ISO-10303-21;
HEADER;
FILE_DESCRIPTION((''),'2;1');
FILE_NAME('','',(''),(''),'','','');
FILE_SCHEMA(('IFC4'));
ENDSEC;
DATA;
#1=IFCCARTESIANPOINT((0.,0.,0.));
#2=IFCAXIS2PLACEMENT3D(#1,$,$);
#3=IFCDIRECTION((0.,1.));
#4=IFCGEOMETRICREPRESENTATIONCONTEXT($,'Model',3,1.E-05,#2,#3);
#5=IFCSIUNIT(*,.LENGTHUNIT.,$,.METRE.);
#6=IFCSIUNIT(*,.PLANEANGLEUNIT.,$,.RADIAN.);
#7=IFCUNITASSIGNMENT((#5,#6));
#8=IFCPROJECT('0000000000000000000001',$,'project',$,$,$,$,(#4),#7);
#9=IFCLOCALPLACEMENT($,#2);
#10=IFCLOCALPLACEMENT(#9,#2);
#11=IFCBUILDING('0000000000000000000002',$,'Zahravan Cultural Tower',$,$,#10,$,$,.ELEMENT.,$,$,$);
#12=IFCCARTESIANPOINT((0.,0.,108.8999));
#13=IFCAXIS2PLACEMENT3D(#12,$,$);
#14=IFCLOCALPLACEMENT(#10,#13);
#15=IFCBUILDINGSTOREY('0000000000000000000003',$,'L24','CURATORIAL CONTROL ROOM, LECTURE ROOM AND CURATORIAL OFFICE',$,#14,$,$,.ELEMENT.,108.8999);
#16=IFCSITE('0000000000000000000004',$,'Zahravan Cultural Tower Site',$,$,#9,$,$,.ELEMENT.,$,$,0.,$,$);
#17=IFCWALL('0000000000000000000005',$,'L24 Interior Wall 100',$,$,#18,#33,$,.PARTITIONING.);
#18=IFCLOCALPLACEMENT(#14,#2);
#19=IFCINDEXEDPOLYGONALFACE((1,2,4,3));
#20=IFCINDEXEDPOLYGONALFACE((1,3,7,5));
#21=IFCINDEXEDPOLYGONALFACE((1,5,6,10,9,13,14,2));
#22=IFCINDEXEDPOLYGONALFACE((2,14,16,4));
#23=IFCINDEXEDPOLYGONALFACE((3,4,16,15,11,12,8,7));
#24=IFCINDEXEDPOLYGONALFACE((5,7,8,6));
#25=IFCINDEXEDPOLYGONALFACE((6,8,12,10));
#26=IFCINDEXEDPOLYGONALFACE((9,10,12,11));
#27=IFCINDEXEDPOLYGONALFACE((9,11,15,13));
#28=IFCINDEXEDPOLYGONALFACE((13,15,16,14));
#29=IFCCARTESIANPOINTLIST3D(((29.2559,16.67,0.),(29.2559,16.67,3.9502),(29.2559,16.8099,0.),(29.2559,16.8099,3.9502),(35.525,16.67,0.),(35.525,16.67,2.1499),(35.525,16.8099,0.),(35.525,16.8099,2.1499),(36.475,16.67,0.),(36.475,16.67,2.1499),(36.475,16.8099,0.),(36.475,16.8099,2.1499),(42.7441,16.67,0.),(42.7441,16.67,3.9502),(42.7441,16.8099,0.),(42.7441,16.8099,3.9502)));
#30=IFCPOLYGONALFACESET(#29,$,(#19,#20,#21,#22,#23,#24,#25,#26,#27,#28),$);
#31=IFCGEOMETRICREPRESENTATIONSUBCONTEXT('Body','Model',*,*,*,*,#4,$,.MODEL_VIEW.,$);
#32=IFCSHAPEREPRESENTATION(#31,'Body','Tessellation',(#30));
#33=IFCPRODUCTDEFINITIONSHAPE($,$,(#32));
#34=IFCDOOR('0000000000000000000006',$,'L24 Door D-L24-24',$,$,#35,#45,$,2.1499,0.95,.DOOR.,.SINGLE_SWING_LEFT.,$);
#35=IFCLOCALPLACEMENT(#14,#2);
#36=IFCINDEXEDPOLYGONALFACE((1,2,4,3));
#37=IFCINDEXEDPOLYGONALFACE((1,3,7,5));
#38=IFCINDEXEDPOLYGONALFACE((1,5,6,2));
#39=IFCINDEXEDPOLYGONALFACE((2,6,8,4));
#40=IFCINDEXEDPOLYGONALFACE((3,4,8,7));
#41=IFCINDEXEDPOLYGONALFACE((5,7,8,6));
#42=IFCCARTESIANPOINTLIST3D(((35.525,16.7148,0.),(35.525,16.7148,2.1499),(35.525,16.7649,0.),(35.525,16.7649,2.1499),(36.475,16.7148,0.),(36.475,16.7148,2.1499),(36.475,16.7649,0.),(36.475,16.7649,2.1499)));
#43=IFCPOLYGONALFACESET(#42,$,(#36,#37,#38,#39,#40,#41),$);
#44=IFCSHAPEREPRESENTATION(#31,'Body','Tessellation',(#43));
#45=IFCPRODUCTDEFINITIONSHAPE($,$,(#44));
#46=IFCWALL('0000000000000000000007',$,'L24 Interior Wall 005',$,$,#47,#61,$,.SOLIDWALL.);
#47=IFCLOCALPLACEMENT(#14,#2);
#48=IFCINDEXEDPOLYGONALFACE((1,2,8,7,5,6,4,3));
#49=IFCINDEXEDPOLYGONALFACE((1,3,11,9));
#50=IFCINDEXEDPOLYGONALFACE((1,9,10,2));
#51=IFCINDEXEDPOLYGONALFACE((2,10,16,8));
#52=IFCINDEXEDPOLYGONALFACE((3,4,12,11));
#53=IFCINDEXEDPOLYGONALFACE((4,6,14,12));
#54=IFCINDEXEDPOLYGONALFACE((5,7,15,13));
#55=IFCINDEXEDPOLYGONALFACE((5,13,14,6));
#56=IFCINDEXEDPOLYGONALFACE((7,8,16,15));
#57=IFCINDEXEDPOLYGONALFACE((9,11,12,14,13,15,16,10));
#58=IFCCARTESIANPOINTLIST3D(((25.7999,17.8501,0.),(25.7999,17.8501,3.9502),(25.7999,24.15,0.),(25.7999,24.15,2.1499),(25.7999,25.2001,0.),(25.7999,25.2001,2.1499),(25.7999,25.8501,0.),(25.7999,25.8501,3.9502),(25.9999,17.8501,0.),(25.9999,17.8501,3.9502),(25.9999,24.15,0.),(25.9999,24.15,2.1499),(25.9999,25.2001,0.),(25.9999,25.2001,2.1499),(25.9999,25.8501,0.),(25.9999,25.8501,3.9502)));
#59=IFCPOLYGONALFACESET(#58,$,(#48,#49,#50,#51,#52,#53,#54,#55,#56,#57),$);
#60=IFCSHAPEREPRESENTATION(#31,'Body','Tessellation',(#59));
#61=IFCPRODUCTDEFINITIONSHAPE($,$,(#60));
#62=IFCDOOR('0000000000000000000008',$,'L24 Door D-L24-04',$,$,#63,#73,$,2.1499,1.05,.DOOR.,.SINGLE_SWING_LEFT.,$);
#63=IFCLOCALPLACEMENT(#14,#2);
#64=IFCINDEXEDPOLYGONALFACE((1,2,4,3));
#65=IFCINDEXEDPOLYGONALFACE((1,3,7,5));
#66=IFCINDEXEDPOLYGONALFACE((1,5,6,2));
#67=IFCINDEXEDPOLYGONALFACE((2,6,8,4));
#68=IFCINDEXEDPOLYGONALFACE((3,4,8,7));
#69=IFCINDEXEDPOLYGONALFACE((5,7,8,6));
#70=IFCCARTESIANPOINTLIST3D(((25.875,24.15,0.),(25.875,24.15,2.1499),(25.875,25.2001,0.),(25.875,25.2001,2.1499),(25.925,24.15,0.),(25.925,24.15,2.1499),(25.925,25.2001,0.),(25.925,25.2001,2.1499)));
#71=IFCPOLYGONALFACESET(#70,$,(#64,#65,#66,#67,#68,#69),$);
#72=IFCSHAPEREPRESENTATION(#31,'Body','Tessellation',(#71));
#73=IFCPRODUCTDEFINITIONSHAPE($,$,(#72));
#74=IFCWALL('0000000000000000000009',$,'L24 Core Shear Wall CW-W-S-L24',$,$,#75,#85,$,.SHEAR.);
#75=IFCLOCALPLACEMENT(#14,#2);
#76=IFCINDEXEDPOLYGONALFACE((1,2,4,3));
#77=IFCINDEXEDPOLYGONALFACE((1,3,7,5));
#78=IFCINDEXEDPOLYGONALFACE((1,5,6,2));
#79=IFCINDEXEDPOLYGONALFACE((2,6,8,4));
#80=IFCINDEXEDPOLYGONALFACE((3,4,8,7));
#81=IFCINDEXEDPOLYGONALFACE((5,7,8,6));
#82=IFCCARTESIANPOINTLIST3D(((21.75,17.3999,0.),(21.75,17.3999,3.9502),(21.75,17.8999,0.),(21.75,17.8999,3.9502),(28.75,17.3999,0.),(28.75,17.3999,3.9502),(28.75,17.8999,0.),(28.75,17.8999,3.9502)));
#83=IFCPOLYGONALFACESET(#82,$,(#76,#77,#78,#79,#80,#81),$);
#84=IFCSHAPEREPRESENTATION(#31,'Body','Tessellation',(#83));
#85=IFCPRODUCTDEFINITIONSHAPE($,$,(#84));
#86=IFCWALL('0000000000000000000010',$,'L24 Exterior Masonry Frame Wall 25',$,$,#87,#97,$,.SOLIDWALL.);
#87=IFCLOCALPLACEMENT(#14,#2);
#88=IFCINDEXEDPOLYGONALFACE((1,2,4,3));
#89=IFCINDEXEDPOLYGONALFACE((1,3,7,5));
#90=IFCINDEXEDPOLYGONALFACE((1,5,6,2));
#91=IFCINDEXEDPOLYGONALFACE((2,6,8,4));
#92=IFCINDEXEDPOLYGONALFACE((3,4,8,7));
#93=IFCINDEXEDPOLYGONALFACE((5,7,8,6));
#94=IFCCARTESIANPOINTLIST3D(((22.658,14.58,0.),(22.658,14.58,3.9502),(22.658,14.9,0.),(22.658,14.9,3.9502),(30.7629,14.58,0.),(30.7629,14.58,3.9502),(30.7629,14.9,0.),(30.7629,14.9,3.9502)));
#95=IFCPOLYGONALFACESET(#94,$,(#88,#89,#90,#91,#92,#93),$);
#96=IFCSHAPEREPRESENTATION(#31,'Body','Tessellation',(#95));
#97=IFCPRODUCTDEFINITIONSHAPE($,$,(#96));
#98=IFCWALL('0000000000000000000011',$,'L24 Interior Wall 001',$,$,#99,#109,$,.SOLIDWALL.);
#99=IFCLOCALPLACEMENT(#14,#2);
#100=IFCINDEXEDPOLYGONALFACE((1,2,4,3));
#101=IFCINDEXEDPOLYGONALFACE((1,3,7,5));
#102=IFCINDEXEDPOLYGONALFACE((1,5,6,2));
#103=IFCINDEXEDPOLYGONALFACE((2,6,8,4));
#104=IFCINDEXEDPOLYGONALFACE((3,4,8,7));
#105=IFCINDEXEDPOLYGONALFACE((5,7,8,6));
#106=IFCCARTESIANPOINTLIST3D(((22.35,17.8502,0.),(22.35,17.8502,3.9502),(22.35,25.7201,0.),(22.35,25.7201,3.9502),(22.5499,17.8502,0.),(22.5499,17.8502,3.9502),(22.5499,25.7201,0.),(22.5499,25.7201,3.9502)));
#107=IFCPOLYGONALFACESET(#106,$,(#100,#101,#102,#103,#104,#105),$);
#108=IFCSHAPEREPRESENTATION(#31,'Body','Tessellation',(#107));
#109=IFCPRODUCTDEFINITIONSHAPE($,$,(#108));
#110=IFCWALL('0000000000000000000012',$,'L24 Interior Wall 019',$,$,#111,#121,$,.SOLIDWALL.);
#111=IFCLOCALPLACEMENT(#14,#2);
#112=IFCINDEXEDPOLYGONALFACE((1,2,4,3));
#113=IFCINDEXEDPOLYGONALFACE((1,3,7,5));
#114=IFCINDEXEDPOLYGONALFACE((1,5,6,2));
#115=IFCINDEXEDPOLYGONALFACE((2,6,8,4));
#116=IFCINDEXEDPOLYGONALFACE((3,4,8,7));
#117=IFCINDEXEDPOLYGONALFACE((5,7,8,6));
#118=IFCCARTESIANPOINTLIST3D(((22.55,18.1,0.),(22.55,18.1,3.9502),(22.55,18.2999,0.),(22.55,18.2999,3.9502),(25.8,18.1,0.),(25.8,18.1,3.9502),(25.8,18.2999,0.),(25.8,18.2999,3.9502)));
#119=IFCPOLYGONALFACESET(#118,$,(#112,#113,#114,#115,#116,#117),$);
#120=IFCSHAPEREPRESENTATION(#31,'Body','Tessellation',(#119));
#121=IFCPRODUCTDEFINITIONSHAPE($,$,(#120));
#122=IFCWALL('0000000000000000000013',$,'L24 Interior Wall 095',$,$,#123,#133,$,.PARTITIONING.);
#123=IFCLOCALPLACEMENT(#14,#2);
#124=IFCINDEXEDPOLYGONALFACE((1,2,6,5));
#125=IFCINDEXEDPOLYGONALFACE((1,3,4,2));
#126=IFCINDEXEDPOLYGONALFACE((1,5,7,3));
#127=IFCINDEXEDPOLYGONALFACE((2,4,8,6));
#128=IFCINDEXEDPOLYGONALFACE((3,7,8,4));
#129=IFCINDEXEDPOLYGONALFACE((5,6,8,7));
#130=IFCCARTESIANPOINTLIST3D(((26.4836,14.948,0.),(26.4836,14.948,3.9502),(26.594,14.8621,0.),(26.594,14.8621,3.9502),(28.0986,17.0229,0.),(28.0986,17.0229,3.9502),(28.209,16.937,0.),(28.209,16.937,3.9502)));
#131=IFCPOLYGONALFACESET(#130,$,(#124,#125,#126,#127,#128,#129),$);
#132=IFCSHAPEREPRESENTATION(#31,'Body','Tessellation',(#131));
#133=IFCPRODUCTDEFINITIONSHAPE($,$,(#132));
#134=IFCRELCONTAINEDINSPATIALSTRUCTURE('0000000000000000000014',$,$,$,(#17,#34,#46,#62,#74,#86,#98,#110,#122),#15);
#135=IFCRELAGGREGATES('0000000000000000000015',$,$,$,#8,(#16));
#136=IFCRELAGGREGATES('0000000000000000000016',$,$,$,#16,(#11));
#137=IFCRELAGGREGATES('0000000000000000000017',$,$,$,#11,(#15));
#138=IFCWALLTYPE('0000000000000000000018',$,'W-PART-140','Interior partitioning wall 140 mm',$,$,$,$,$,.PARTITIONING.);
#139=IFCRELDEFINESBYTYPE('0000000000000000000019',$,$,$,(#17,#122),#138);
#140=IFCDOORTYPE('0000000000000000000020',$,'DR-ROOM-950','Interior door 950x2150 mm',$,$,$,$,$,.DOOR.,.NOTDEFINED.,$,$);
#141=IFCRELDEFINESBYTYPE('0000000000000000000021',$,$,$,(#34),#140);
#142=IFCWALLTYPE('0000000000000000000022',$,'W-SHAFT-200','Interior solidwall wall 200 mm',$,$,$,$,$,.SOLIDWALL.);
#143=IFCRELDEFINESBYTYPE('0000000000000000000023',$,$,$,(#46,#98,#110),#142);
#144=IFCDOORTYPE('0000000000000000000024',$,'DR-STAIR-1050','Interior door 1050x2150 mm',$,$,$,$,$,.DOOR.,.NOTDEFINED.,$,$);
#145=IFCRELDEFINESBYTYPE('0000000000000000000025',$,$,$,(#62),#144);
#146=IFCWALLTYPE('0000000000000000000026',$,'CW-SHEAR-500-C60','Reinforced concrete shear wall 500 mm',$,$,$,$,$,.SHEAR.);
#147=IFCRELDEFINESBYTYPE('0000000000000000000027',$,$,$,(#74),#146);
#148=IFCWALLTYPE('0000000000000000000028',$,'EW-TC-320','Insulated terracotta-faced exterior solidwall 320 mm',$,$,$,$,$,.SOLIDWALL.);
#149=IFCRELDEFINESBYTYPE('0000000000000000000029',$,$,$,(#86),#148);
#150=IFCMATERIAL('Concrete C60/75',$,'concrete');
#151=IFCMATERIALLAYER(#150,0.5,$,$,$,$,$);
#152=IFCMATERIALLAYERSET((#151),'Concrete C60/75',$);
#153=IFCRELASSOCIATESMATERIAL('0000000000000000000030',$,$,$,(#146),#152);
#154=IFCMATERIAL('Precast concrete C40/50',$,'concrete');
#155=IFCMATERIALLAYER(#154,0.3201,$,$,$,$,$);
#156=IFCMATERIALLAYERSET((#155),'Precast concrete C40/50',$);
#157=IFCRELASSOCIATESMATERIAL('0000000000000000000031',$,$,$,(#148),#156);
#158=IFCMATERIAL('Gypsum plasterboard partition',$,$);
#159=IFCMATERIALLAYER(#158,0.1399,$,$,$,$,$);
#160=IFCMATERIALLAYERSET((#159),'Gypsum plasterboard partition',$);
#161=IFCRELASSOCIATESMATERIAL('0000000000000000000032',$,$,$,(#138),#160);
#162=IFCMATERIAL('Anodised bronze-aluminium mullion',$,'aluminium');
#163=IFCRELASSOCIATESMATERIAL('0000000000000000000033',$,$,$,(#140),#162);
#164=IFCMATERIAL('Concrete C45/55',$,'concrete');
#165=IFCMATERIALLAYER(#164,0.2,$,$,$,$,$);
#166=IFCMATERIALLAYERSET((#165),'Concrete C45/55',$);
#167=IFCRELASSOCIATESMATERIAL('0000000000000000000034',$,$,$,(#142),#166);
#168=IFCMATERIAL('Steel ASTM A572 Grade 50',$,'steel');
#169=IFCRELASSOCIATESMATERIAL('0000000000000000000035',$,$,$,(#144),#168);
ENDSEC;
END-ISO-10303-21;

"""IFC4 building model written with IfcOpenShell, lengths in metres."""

from ifc_helpers import new_model, si_unit, direction, frame, frame_2d, origin, place, context, subcontext, project, spatial, rectangle, extrude, source, transform, mapped, material, layer, layer_set, type_object, element, fill, save


model = new_model("IFC4")

# Units and contexts
model_context = context("Model", 3, precision=1e-05, world=origin(), true_north=direction((0.0, 1.0)))
body_context = subcontext(model_context, "Body", "Model", "MODEL_VIEW")
ifc_project = project(units=[si_unit("LENGTHUNIT", "METRE"), si_unit("PLANEANGLEUNIT", "RADIAN")], contexts=[model_context])

# Site, building, storey
site_placement = place(None, origin())
site = spatial("IfcSite", under=ifc_project, at=site_placement, Name="Zahravan Cultural Tower Site", CompositionType="ELEMENT", RefElevation=0.0)
building_placement = place(site_placement, origin())
building = spatial("IfcBuilding", under=site, at=building_placement, Name="Zahravan Cultural Tower", CompositionType="ELEMENT")
storey_placement = place(building_placement, frame((0.0, 0.0, 108.8999)))
storey = spatial("IfcBuildingStorey", under=building, at=storey_placement, Name="L24", Description="CURATORIAL CONTROL ROOM, LECTURE ROOM AND CURATORIAL OFFICE", CompositionType="ELEMENT", Elevation=108.8999)

# Shared definitions
ifc_material_1 = material(Name="Concrete C60/75", Category="concrete")

# Shared definitions
ifc_material_2 = material(Name="Anodised bronze-aluminium mullion", Category="aluminium")

# Shared definitions
ifc_layer_1 = layer(ifc_material_1, 0.5)
ifc_layer_set_1 = layer_set([ifc_layer_1], Name="Concrete C60/75")
wall_type_1 = type_object("IfcWallType", Name="CW-SHEAR-500-C60", Description="Reinforced concrete shear wall 500 mm", PredefinedType="SHEAR", material=ifc_layer_set_1)
ifc_material_3 = material(Name="Steel ASTM A572 Grade 50", Category="steel")

# Shared definitions
ifc_material_4 = material(Name="Precast concrete C40/50", Category="concrete")
ifc_layer_2 = layer(ifc_material_4, 0.3201)
ifc_layer_set_2 = layer_set([ifc_layer_2], Name="Precast concrete C40/50")
wall_type_2 = type_object("IfcWallType", Name="EW-TC-320", Description="Insulated terracotta-faced exterior solidwall 320 mm", PredefinedType="SOLIDWALL", material=ifc_layer_set_2)

# Walls, openings, doors
ifc_material_5 = material(Name="Gypsum plasterboard partition")
ifc_layer_3 = layer(ifc_material_5, 0.1399)
ifc_layer_set_3 = layer_set([ifc_layer_3], Name="Gypsum plasterboard partition")
wall_type_3 = type_object("IfcWallType", Name="W-PART-140", Description="Interior partitioning wall 140 mm", PredefinedType="PARTITIONING", material=ifc_layer_set_3)
wall_1_placement = place(storey_placement, frame((29.2559, 16.74, 0.0), z_axis=(0.0, 0.0, 1.0), x_axis=(1.0, 0.0, 0.0)))
wall_1 = element("IfcWall", 1, at=wall_1_placement, inside=storey, type_object=wall_type_3, Name="L24 Interior Wall 100", PredefinedType="PARTITIONING", context=body_context, shape_type="SweptSolid", body=[
    extrude(rectangle(XDim=13.4883, YDim=0.1399, at=frame_2d((6.7441, 0.0))), origin(), (0.0, 0.0, 1.0), 3.9502),
])
opening_1_placement = place(wall_1_placement, frame((6.269, 0.0, 0.0)))
opening_1 = element("IfcOpeningElement", 2, at=opening_1_placement, cuts=wall_1, PredefinedType="OPENING", context=body_context, shape_type="SweptSolid", body=[
    extrude(rectangle(XDim=0.95, YDim=2.1499, at=frame_2d((0.4751, 1.075))), frame((0.0, 0.0798, 0.0), z_axis=(0.0, -1.0, 0.0), x_axis=(1.0, 0.0, 0.0)), (0.0, 0.0, 1.0), 0.1599),
])
door_type_1 = type_object("IfcDoorType", Name="DR-ROOM-950", Description="Interior door 950x2150 mm", OperationType="NOTDEFINED", PredefinedType="DOOR", material=ifc_material_2)
shared_shape_1 = source(origin(), body_context, "Body", "SweptSolid", [
    extrude(rectangle(XDim=0.95, YDim=2.1499, at=frame_2d((0.4751, 1.075))), frame((0.0, 0.0249, 0.0), z_axis=(0.0, -1.0, 0.0), x_axis=(1.0, 0.0, 0.0)), (0.0, 0.0, 1.0), 0.05),
])
door_1_placement = place(opening_1_placement, origin())
door_1 = element("IfcDoor", 3, at=door_1_placement, inside=storey, type_object=door_type_1, Name="L24 Door D-L24-24", OperationType="SINGLE_SWING_LEFT", OverallHeight=2.1499, OverallWidth=0.95, PredefinedType="DOOR", context=body_context, shape_type="MappedRepresentation", body=[
    mapped(shared_shape_1, transform((0.0, 0.0, 0.0), x_axis=(1.0, 0.0, 0.0), y_axis=(0.0, 1.0, 0.0), z_axis=(0.0, 0.0, 1.0), scale=1.0)),
])
fill(opening_1, door_1)
ifc_material_6 = material(Name="Concrete C45/55", Category="concrete")
ifc_layer_4 = layer(ifc_material_6, 0.2)
ifc_layer_set_4 = layer_set([ifc_layer_4], Name="Concrete C45/55")
wall_type_4 = type_object("IfcWallType", Name="W-SHAFT-200", Description="Interior solidwall wall 200 mm", PredefinedType="SOLIDWALL", material=ifc_layer_set_4)
wall_2_placement = place(storey_placement, frame((25.8999, 17.8501, 0.0), z_axis=(0.0, 0.0, 1.0), x_axis=(0.0, 1.0, 0.0)))
wall_2 = element("IfcWall", 4, at=wall_2_placement, inside=storey, type_object=wall_type_4, Name="L24 Interior Wall 005", PredefinedType="SOLIDWALL", context=body_context, shape_type="SweptSolid", body=[
    extrude(rectangle(XDim=8.0, YDim=0.2, at=frame_2d((4.0, 0.0))), origin(), (0.0, 0.0, 1.0), 3.9502),
])
opening_2_placement = place(wall_2_placement, frame((6.3, 0.0, 0.0)))
opening_2 = element("IfcOpeningElement", 5, at=opening_2_placement, cuts=wall_2, PredefinedType="OPENING", context=body_context, shape_type="SweptSolid", body=[
    extrude(rectangle(XDim=1.05, YDim=2.1499, at=frame_2d((0.5249, 1.075))), frame((0.0, 0.1099, 0.0), z_axis=(0.0, -1.0, 0.0), x_axis=(1.0, 0.0, 0.0)), (0.0, 0.0, 1.0), 0.22),
])
door_type_2 = type_object("IfcDoorType", Name="DR-STAIR-1050", Description="Interior door 1050x2150 mm", OperationType="NOTDEFINED", PredefinedType="DOOR", material=ifc_material_3)
shared_shape_2 = source(origin(), body_context, "Body", "SweptSolid", [
    extrude(rectangle(XDim=1.05, YDim=2.1499, at=frame_2d((0.5249, 1.075))), frame((0.0, 0.0249, 0.0), z_axis=(0.0, -1.0, 0.0), x_axis=(1.0, 0.0, 0.0)), (0.0, 0.0, 1.0), 0.05),
])
door_2_placement = place(opening_2_placement, origin())
door_2 = element("IfcDoor", 6, at=door_2_placement, inside=storey, type_object=door_type_2, Name="L24 Door D-L24-04", OperationType="SINGLE_SWING_LEFT", OverallHeight=2.1499, OverallWidth=1.05, PredefinedType="DOOR", context=body_context, shape_type="MappedRepresentation", body=[
    mapped(shared_shape_2, transform((0.0, 0.0, 0.0), x_axis=(1.0, 0.0, 0.0), y_axis=(0.0, 1.0, 0.0), z_axis=(0.0, 0.0, 1.0), scale=1.0)),
])
fill(opening_2, door_2)

# Walls
shared_shape_3 = source(origin(), body_context, "Body", "SweptSolid", [
    extrude(rectangle(XDim=7.0, YDim=0.5, at=frame_2d((3.5, 0.0))), origin(), (0.0, 0.0, 1.0), 3.9502),
])
wall_3_placement = place(storey_placement, frame((21.75, 17.6499, 0.0), z_axis=(0.0, 0.0, 1.0), x_axis=(1.0, 0.0, 0.0)))
element("IfcWall", 7, at=wall_3_placement, inside=storey, type_object=wall_type_1, Name="L24 Core Shear Wall CW-W-S-L24", PredefinedType="SHEAR", context=body_context, shape_type="MappedRepresentation", body=[
    mapped(shared_shape_3, transform((0.0, 0.0, 0.0), x_axis=(1.0, 0.0, 0.0), y_axis=(0.0, 1.0, 0.0), z_axis=(0.0, 0.0, 1.0), scale=1.0)),
])
shared_shape_4 = source(origin(), body_context, "Body", "SweptSolid", [
    extrude(rectangle(XDim=8.105, YDim=0.3201, at=frame_2d((4.0525, 0.0))), origin(), (0.0, 0.0, 1.0), 3.9502),
])
wall_4_placement = place(storey_placement, frame((30.7629, 14.74, 0.0), z_axis=(0.0, 0.0, 1.0), x_axis=(-1.0, 0.0, 0.0)))
element("IfcWall", 8, at=wall_4_placement, inside=storey, type_object=wall_type_2, Name="L24 Exterior Masonry Frame Wall 25", PredefinedType="SOLIDWALL", context=body_context, shape_type="MappedRepresentation", body=[
    mapped(shared_shape_4, transform((0.0, 0.0, 0.0), x_axis=(1.0, 0.0, 0.0), y_axis=(0.0, 1.0, 0.0), z_axis=(0.0, 0.0, 1.0), scale=1.0)),
])
shared_shape_5 = source(origin(), body_context, "Body", "SweptSolid", [
    extrude(rectangle(XDim=7.8699, YDim=0.2, at=frame_2d((3.9351, 0.0))), origin(), (0.0, 0.0, 1.0), 3.9502),
])
wall_5_placement = place(storey_placement, frame((22.45, 17.8501, 0.0), z_axis=(0.0, 0.0, 1.0), x_axis=(0.0, 1.0, 0.0)))
element("IfcWall", 9, at=wall_5_placement, inside=storey, type_object=wall_type_4, Name="L24 Interior Wall 001", PredefinedType="SOLIDWALL", context=body_context, shape_type="MappedRepresentation", body=[
    mapped(shared_shape_5, transform((0.0, 0.0, 0.0), x_axis=(1.0, 0.0, 0.0), y_axis=(0.0, 1.0, 0.0), z_axis=(0.0, 0.0, 1.0), scale=1.0)),
])
shared_shape_6 = source(origin(), body_context, "Body", "SweptSolid", [
    extrude(rectangle(XDim=3.25, YDim=0.2, at=frame_2d((1.625, 0.0))), origin(), (0.0, 0.0, 1.0), 3.9502),
])
wall_6_placement = place(storey_placement, frame((22.55, 18.2, 0.0), z_axis=(0.0, 0.0, 1.0), x_axis=(1.0, 0.0, 0.0)))
element("IfcWall", 10, at=wall_6_placement, inside=storey, type_object=wall_type_4, Name="L24 Interior Wall 019", PredefinedType="SOLIDWALL", context=body_context, shape_type="MappedRepresentation", body=[
    mapped(shared_shape_6, transform((0.0, 0.0, 0.0), x_axis=(1.0, 0.0, 0.0), y_axis=(0.0, 1.0, 0.0), z_axis=(0.0, 0.0, 1.0), scale=1.0)),
])
shared_shape_7 = source(origin(), body_context, "Body", "SweptSolid", [
    extrude(rectangle(XDim=2.6294, YDim=0.1399, at=frame_2d((1.3147, 0.0))), origin(), (0.0, 0.0, 1.0), 3.9502),
])
wall_7_placement = place(storey_placement, frame((28.1538, 16.98, 0.0), z_axis=(0.0, 0.0, 1.0), x_axis=(-0.614211, -0.789142, 0.0)))
element("IfcWall", 11, at=wall_7_placement, inside=storey, type_object=wall_type_3, Name="L24 Interior Wall 095", PredefinedType="PARTITIONING", context=body_context, shape_type="MappedRepresentation", body=[
    mapped(shared_shape_7, transform((0.0, 0.0, 0.0), x_axis=(1.0, 0.0, 0.0), y_axis=(0.0, 1.0, 0.0), z_axis=(0.0, 0.0, 1.0), scale=1.0)),
])

save(model, "model.ifc")
